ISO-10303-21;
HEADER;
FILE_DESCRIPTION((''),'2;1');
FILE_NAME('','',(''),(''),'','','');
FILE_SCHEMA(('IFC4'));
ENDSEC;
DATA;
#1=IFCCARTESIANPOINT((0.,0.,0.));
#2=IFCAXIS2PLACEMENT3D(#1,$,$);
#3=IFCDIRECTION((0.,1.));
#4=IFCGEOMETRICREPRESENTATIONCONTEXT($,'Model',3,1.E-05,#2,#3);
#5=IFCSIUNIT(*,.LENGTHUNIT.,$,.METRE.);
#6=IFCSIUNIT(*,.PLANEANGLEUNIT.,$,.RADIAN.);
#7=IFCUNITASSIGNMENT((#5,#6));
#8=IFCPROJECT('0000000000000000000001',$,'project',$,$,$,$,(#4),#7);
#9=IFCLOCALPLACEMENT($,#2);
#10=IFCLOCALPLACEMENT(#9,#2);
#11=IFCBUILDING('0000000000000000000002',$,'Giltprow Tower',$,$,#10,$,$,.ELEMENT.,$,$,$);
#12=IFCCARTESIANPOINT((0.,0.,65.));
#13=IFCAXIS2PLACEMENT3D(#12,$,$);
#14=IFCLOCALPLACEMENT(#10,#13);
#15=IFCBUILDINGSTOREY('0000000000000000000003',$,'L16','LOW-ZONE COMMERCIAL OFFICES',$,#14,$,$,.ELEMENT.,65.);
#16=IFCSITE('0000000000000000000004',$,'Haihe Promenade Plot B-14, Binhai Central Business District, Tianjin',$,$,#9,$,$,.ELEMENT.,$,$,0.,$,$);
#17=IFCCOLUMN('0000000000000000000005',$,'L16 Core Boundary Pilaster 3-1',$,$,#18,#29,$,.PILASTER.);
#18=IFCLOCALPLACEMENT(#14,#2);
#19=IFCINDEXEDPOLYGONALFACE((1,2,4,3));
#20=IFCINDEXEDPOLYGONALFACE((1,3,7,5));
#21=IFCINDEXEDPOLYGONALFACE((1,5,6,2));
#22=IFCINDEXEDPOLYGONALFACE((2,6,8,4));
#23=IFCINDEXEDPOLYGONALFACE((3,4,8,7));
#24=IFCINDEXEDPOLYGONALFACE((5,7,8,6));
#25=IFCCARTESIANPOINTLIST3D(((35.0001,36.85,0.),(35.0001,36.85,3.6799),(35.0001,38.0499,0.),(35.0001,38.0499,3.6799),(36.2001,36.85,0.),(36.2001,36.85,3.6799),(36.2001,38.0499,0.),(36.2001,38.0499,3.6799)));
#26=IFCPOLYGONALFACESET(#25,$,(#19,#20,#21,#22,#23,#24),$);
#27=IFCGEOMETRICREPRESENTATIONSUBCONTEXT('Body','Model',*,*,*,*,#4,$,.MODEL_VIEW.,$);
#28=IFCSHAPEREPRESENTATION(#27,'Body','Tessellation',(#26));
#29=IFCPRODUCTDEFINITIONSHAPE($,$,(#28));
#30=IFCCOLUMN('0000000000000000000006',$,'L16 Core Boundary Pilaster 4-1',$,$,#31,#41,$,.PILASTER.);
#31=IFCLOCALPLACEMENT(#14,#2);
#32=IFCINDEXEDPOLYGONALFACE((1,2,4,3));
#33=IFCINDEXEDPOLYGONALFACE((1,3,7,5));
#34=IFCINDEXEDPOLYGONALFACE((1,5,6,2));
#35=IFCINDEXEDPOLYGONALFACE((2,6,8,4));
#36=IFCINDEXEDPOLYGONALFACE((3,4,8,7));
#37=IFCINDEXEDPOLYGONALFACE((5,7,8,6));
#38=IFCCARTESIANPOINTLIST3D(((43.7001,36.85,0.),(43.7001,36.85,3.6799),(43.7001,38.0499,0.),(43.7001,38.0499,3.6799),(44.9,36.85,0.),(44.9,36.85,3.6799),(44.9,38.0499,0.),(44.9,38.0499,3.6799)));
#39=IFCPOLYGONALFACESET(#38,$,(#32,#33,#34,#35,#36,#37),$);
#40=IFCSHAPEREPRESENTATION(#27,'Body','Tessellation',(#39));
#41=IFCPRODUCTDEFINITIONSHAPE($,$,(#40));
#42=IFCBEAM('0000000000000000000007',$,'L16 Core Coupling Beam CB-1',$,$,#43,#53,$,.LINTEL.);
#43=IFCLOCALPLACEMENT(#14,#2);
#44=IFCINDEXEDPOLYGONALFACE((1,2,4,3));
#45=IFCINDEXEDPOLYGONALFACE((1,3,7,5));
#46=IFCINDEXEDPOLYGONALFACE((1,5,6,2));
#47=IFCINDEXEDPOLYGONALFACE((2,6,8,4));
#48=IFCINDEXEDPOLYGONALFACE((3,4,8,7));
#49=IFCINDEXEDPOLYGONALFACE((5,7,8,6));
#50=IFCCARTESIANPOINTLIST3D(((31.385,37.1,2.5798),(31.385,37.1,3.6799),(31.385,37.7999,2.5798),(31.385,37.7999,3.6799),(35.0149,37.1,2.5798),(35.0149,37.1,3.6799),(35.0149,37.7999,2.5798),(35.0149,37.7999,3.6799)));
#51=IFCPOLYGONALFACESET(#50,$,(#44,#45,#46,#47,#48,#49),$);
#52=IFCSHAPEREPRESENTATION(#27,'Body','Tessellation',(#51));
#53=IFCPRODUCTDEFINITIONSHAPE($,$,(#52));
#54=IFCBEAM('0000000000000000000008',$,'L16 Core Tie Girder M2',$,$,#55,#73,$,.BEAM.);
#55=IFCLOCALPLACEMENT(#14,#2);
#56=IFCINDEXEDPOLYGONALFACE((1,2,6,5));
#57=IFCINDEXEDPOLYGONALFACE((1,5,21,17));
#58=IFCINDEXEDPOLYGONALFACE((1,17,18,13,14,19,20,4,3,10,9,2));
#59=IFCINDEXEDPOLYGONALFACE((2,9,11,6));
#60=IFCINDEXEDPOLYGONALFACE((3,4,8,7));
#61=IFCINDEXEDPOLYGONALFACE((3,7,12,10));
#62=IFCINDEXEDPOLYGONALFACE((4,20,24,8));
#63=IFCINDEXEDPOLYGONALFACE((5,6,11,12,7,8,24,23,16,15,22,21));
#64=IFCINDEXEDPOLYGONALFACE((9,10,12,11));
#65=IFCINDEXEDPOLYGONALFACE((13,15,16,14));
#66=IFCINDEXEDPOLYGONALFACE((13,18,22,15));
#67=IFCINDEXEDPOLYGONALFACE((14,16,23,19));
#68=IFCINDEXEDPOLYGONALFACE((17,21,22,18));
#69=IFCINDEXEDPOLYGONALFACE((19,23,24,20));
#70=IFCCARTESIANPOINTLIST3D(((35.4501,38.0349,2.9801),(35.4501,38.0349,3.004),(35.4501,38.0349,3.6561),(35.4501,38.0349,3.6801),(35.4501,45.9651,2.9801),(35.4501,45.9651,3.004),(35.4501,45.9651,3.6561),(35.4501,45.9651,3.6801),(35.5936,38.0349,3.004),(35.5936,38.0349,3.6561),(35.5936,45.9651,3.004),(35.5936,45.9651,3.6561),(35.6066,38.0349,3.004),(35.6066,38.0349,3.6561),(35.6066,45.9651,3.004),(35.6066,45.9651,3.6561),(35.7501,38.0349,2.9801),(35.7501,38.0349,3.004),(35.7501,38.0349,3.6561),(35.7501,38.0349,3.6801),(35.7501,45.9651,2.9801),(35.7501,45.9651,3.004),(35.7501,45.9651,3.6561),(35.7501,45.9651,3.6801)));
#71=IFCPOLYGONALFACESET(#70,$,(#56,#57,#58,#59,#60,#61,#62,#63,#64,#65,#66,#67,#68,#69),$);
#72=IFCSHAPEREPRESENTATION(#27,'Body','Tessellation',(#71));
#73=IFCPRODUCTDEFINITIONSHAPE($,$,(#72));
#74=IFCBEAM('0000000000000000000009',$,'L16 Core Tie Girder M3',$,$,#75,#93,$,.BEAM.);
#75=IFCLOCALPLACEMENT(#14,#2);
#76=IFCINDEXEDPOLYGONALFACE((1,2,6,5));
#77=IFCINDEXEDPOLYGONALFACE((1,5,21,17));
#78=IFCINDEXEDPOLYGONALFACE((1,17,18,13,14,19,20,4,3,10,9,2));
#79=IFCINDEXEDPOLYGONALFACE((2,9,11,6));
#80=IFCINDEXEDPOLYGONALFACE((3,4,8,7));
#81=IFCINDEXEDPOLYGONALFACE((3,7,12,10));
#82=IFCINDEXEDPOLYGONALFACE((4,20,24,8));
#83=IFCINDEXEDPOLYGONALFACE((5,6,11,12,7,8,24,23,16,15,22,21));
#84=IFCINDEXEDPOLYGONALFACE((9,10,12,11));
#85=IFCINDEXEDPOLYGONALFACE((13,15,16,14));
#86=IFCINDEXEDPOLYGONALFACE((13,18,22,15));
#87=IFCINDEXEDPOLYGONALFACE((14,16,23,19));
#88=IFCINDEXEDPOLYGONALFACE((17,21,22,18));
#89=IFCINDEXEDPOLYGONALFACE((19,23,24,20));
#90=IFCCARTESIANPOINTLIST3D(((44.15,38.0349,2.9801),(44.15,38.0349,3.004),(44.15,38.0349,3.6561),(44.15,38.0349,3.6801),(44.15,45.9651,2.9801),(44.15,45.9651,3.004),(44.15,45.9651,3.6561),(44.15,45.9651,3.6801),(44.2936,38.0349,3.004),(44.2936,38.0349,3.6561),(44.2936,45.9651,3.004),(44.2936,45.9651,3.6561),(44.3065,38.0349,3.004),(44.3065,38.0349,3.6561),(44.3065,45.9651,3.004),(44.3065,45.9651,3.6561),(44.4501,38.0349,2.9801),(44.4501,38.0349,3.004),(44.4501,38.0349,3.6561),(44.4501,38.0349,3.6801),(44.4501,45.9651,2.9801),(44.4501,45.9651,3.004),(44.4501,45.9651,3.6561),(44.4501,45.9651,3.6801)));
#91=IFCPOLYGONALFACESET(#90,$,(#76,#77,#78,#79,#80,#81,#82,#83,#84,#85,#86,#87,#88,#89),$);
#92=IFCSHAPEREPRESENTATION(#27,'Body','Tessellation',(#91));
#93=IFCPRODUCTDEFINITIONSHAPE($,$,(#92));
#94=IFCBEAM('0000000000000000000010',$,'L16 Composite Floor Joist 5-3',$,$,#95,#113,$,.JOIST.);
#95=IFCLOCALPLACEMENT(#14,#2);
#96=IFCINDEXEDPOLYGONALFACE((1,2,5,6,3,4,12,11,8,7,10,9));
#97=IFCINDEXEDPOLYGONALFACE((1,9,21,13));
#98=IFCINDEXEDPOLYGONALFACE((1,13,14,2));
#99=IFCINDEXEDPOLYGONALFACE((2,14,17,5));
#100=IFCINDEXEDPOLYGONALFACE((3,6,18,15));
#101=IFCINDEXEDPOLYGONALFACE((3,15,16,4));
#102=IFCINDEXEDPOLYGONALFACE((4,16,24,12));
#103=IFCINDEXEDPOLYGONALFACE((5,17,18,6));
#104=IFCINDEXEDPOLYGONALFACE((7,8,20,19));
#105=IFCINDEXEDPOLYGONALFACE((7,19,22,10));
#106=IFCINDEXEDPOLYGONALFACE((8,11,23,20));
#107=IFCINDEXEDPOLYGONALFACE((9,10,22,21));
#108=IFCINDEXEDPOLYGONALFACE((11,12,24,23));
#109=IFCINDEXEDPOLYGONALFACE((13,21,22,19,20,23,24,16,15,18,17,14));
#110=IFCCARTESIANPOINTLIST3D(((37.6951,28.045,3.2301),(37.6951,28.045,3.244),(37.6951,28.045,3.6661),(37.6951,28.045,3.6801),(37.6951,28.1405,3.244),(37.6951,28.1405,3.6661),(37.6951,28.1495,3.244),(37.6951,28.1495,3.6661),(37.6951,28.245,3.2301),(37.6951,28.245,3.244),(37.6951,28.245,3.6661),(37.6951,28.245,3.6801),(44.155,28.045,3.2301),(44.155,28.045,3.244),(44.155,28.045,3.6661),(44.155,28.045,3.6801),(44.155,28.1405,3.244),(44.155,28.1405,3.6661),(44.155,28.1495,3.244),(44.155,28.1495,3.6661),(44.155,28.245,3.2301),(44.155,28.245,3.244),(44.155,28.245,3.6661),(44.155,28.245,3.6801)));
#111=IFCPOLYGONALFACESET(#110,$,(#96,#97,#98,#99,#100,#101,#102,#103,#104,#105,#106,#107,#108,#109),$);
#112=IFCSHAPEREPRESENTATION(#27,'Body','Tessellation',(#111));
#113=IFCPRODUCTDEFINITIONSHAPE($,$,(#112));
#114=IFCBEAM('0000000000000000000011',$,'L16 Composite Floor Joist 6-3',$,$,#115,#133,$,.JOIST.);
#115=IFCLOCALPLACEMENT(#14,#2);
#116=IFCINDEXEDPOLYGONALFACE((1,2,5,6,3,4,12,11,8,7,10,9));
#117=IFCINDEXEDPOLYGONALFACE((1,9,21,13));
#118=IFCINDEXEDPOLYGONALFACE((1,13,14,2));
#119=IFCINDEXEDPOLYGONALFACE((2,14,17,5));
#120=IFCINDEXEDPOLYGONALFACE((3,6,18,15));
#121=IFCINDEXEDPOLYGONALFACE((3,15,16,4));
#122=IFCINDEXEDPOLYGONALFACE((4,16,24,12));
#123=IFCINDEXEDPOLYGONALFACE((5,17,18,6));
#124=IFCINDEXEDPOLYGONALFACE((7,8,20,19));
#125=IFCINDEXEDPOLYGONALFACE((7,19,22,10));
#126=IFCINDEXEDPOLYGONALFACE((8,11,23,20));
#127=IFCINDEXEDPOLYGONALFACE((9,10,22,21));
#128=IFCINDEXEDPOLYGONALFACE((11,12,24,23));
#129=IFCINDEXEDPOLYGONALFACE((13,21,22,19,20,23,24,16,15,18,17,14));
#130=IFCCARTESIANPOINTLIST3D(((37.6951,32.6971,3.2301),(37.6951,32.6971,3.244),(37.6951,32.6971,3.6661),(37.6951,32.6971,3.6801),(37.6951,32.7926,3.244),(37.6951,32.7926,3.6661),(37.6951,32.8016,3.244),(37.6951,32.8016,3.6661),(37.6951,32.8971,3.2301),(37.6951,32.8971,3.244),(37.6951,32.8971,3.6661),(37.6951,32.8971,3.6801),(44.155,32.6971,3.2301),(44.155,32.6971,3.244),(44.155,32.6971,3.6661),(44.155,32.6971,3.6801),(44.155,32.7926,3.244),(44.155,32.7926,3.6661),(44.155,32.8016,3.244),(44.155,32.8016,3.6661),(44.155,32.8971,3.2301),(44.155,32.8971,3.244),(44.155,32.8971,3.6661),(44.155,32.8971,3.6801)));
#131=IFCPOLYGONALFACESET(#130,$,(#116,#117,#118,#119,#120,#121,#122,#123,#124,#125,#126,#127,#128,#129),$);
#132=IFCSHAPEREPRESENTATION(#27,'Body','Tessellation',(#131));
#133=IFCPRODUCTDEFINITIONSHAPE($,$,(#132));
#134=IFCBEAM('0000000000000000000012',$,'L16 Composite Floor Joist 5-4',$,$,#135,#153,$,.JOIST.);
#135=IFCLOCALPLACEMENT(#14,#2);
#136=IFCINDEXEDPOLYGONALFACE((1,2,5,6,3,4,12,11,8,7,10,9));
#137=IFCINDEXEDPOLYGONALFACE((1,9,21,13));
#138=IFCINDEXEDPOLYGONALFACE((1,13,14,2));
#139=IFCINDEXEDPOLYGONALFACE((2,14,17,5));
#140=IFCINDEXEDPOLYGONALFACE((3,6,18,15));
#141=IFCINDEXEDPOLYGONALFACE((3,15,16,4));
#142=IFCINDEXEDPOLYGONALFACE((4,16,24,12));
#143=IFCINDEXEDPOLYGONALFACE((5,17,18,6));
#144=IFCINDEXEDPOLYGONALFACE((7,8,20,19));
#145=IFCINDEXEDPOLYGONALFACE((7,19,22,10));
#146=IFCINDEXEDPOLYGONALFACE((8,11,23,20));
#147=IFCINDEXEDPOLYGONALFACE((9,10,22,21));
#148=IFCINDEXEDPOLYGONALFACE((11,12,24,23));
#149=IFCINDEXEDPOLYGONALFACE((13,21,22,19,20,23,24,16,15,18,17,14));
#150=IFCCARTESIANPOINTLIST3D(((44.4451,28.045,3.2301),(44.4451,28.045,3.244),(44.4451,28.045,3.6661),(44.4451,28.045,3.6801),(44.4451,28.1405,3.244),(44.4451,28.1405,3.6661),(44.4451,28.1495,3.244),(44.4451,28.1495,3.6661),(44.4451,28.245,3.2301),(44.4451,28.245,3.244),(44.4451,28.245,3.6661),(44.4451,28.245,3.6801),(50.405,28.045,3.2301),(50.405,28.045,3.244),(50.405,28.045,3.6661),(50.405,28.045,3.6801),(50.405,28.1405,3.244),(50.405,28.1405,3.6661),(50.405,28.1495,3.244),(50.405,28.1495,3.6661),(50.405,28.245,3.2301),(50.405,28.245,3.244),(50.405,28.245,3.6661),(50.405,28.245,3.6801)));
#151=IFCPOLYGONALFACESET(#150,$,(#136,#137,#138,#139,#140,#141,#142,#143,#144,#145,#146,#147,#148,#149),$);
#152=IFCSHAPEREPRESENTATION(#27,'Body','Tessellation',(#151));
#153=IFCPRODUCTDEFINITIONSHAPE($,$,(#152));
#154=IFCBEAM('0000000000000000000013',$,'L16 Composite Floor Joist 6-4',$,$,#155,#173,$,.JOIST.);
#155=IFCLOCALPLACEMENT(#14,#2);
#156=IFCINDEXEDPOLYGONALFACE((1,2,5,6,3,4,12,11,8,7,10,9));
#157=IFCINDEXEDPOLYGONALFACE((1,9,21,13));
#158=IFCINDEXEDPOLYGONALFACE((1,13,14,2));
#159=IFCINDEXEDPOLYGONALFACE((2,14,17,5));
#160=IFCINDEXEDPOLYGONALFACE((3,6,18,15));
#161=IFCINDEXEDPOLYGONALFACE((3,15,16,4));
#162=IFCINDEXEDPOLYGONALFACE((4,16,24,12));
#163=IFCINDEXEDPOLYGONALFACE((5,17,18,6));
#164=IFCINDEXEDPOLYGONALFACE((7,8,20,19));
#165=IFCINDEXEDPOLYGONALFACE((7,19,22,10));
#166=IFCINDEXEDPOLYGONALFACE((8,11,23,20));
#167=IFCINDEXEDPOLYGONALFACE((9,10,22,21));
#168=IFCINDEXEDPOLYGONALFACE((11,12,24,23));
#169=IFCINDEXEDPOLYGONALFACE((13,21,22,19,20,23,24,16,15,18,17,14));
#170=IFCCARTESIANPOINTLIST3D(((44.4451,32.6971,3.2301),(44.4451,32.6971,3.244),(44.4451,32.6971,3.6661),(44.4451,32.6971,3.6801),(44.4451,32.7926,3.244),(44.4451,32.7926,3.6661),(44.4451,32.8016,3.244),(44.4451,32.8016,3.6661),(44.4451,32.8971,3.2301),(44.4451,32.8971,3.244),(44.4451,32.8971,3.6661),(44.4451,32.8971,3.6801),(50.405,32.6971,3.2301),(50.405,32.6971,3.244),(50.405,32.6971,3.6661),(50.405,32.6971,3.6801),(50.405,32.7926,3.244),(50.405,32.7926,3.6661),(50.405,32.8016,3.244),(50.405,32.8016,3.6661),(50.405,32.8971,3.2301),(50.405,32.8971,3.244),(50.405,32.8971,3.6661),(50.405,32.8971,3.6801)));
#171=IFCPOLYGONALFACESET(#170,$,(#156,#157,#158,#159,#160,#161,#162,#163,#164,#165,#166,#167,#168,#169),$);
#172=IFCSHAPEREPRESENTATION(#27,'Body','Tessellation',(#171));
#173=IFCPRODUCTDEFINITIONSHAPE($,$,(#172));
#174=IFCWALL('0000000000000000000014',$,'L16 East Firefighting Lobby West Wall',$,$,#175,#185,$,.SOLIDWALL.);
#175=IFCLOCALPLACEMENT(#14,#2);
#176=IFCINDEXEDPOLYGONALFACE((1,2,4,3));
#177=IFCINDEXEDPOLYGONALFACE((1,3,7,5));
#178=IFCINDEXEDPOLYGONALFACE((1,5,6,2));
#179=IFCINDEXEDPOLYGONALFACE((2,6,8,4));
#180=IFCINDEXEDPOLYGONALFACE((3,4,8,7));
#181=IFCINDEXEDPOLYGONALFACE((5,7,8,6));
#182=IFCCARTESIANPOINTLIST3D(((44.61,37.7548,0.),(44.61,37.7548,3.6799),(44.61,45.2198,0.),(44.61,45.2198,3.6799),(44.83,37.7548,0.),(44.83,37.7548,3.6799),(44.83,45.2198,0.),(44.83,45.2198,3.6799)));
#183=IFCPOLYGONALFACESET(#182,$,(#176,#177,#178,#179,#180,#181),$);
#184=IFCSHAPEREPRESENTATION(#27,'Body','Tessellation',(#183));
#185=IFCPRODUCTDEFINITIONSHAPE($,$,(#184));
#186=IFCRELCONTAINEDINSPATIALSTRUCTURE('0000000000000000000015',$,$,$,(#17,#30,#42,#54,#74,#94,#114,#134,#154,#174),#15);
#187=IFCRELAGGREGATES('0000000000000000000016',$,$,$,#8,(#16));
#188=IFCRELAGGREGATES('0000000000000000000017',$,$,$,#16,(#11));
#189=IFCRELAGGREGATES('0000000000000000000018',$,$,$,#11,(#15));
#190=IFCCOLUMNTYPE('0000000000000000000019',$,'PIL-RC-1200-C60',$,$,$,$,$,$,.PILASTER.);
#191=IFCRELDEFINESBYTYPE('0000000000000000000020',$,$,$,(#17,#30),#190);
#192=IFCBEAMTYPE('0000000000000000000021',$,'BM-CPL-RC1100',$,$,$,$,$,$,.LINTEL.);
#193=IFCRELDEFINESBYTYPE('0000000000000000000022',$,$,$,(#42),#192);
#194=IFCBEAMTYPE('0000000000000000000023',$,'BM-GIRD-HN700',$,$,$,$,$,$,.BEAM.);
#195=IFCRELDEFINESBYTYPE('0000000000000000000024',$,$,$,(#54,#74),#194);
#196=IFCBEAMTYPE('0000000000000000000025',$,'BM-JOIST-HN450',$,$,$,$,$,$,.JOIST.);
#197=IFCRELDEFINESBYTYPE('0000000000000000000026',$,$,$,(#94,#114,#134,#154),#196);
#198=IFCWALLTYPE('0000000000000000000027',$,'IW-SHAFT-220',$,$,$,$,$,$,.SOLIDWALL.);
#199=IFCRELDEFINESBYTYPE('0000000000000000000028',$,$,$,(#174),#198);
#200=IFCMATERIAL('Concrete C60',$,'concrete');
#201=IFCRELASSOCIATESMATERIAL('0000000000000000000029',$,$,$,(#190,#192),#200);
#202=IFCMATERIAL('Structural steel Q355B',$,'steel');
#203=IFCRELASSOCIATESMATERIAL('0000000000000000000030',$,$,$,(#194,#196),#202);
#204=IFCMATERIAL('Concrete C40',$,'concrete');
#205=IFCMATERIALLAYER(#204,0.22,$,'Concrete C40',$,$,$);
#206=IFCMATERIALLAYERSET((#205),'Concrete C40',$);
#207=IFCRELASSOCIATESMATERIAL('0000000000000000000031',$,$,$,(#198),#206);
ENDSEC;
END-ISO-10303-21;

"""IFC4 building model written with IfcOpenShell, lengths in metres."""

from ifc_helpers import new_model, si_unit, direction, frame, frame_2d, origin, origin_2d, place, context, subcontext, project, spatial, rectangle, i_section, extrude, source, transform, mapped, material, layer, layer_set, material_profile, profile_set, type_object, element, save


model = new_model("IFC4")

# Units and contexts
model_context = context("Model", 3, precision=1e-05, world=origin(), true_north=direction((0.0, 1.0)))
body_context = subcontext(model_context, "Body", "Model", "MODEL_VIEW")
ifc_project = project(units=[si_unit("LENGTHUNIT", "METRE"), si_unit("PLANEANGLEUNIT", "RADIAN")], contexts=[model_context])

# Site, building, storey
site_placement = place(None, origin())
site = spatial("IfcSite", under=ifc_project, at=site_placement, Name="Haihe Promenade Plot B-14, Binhai Central Business District, Tianjin", CompositionType="ELEMENT", RefElevation=0.0)
building_placement = place(site_placement, origin())
building = spatial("IfcBuilding", under=site, at=building_placement, Name="Giltprow Tower", CompositionType="ELEMENT")
storey_placement = place(building_placement, frame((0.0, 0.0, 65.0)))
storey = spatial("IfcBuildingStorey", under=building, at=storey_placement, Name="L16", Description="LOW-ZONE COMMERCIAL OFFICES", CompositionType="ELEMENT", Elevation=65.0)

# Columns
ifc_material_1 = material(Name="Concrete C60", Category="concrete")
ifc_material_profile_1 = material_profile(ifc_material_1, rectangle(XDim=1.2, YDim=1.2, at=origin_2d()), Name="RC 1200x1200")
ifc_profile_set_1 = profile_set([ifc_material_profile_1], Name="Concrete C60")
column_type = type_object("IfcColumnType", Name="PIL-RC-1200-C60", PredefinedType="PILASTER", material=ifc_profile_set_1)
shared_shape_1 = source(origin(), body_context, "Body", "SweptSolid", [
    extrude(rectangle(XDim=1.2, YDim=1.2, at=origin_2d()), origin(), (0.0, 0.0, 1.0), 3.6799),
])
for number, where, z_axis, x_axis, name in (
    (1, (35.6001, 37.45, 0.0), (0.0, 0.0, 1.0), (1.0, 0.0, 0.0), "L16 Core Boundary Pilaster 3-1"),
    (2, (44.3, 37.45, 0.0), (0.0, 0.0, 1.0), (1.0, 0.0, 0.0), "L16 Core Boundary Pilaster 4-1"),
):
    element("IfcColumn", number, at=place(storey_placement, frame(where, z_axis=z_axis, x_axis=x_axis)), inside=storey, type_object=column_type, Name=name, PredefinedType="PILASTER", context=body_context, shape_type="MappedRepresentation", body=[
        mapped(shared_shape_1, transform((0.0, 0.0, 0.0), x_axis=(1.0, 0.0, 0.0), y_axis=(0.0, 1.0, 0.0), z_axis=(0.0, 0.0, 1.0), scale=1.0)),
    ])

# Beams
ifc_material_profile_2 = material_profile(ifc_material_1, rectangle(XDim=0.7, YDim=1.1001, at=origin_2d()), Name="RC 1100x700")
ifc_profile_set_2 = profile_set([ifc_material_profile_2], Name="Concrete C60")
beam_type_1 = type_object("IfcBeamType", Name="BM-CPL-RC1100", PredefinedType="LINTEL", material=ifc_profile_set_2)
shared_shape_2 = source(origin(), body_context, "Body", "SweptSolid", [
    extrude(rectangle(XDim=0.7, YDim=1.1001, at=origin_2d()), origin(), (0.0, 0.0, 1.0), 3.6299),
])
beam_placement = place(storey_placement, frame((31.385, 37.45, 3.1299), z_axis=(1.0, 0.0, 0.0), x_axis=(0.0, 1.0, 0.0)))
element("IfcBeam", 3, at=beam_placement, inside=storey, type_object=beam_type_1, Name="L16 Core Coupling Beam CB-1", PredefinedType="LINTEL", context=body_context, shape_type="MappedRepresentation", body=[
    mapped(shared_shape_2, transform((0.0, 0.0, 0.0), x_axis=(1.0, 0.0, 0.0), y_axis=(0.0, 1.0, 0.0), z_axis=(0.0, 0.0, 1.0), scale=1.0)),
])
ifc_material_2 = material(Name="Structural steel Q355B", Category="steel")
ifc_material_profile_3 = material_profile(ifc_material_2, i_section(OverallWidth=0.3, OverallDepth=0.7, WebThickness=0.0129, FlangeThickness=0.0239, at=origin_2d()), Name="HN 700x300x13x24")
ifc_profile_set_3 = profile_set([ifc_material_profile_3], Name="Structural steel Q355B")
beam_type_2 = type_object("IfcBeamType", Name="BM-GIRD-HN700", PredefinedType="BEAM", material=ifc_profile_set_3)
shared_shape_3 = source(origin(), body_context, "Body", "SweptSolid", [
    extrude(i_section(OverallWidth=0.3, OverallDepth=0.7, WebThickness=0.0129, FlangeThickness=0.0239, at=origin_2d()), origin(), (0.0, 0.0, 1.0), 7.9302),
])
for number, where, z_axis, x_axis, name in (
    (4, (35.6001, 38.0349, 3.3301), (0.0, 1.0, 0.0), (-1.0, 0.0, 0.0), "L16 Core Tie Girder M2"),
    (5, (44.3, 38.0349, 3.3301), (0.0, 1.0, 0.0), (-1.0, 0.0, 0.0), "L16 Core Tie Girder M3"),
):
    element("IfcBeam", number, at=place(storey_placement, frame(where, z_axis=z_axis, x_axis=x_axis)), inside=storey, type_object=beam_type_2, Name=name, PredefinedType="BEAM", context=body_context, shape_type="MappedRepresentation", body=[
        mapped(shared_shape_3, transform((0.0, 0.0, 0.0), x_axis=(1.0, 0.0, 0.0), y_axis=(0.0, 1.0, 0.0), z_axis=(0.0, 0.0, 1.0), scale=1.0)),
    ])
ifc_material_profile_4 = material_profile(ifc_material_2, i_section(OverallWidth=0.2, OverallDepth=0.45, WebThickness=0.009, FlangeThickness=0.0139, at=origin_2d()), Name="HN 450x200x9x14")
ifc_profile_set_4 = profile_set([ifc_material_profile_4], Name="Structural steel Q355B")
beam_type_3 = type_object("IfcBeamType", Name="BM-JOIST-HN450", PredefinedType="JOIST", material=ifc_profile_set_4)
shared_shape_4 = source(origin(), body_context, "Body", "SweptSolid", [
    extrude(i_section(OverallWidth=0.2, OverallDepth=0.45, WebThickness=0.009, FlangeThickness=0.0139, at=origin_2d()), origin(), (0.0, 0.0, 1.0), 6.46),
])
for number, where, z_axis, x_axis, name in (
    (6, (37.6951, 28.145, 3.4551), (1.0, 0.0, 0.0), (0.0, 1.0, 0.0), "L16 Composite Floor Joist 5-3"),
    (7, (37.6951, 32.7971, 3.4551), (1.0, 0.0, 0.0), (0.0, 1.0, 0.0), "L16 Composite Floor Joist 6-3"),
):
    element("IfcBeam", number, at=place(storey_placement, frame(where, z_axis=z_axis, x_axis=x_axis)), inside=storey, type_object=beam_type_3, Name=name, PredefinedType="JOIST", context=body_context, shape_type="MappedRepresentation", body=[
        mapped(shared_shape_4, transform((0.0, 0.0, 0.0), x_axis=(1.0, 0.0, 0.0), y_axis=(0.0, 1.0, 0.0), z_axis=(0.0, 0.0, 1.0), scale=1.0)),
    ])
shared_shape_5 = source(origin(), body_context, "Body", "SweptSolid", [
    extrude(i_section(OverallWidth=0.2, OverallDepth=0.45, WebThickness=0.009, FlangeThickness=0.0139, at=origin_2d()), origin(), (0.0, 0.0, 1.0), 5.96),
])
for number, where, z_axis, x_axis, name in (
    (8, (44.4451, 28.145, 3.4551), (1.0, 0.0, 0.0), (0.0, 1.0, 0.0), "L16 Composite Floor Joist 5-4"),
    (9, (44.4451, 32.7971, 3.4551), (1.0, 0.0, 0.0), (0.0, 1.0, 0.0), "L16 Composite Floor Joist 6-4"),
):
    element("IfcBeam", number, at=place(storey_placement, frame(where, z_axis=z_axis, x_axis=x_axis)), inside=storey, type_object=beam_type_3, Name=name, PredefinedType="JOIST", context=body_context, shape_type="MappedRepresentation", body=[
        mapped(shared_shape_5, transform((0.0, 0.0, 0.0), x_axis=(1.0, 0.0, 0.0), y_axis=(0.0, 1.0, 0.0), z_axis=(0.0, 0.0, 1.0), scale=1.0)),
    ])

# Wall
ifc_material_3 = material(Name="Concrete C40", Category="concrete")
ifc_layer_1 = layer(ifc_material_3, 0.22, Name="Concrete C40")
ifc_layer_set_1 = layer_set([ifc_layer_1], Name="Concrete C40")
wall_type_1 = type_object("IfcWallType", Name="IW-SHAFT-220", PredefinedType="SOLIDWALL", material=ifc_layer_set_1)
wall_1_placement = place(storey_placement, frame((44.72, 37.7549, 0.0), z_axis=(0.0, 0.0, 1.0), x_axis=(0.0, 1.0, 0.0)))
element("IfcWall", 10, at=wall_1_placement, inside=storey, type_object=wall_type_1, Name="L16 East Firefighting Lobby West Wall", PredefinedType="SOLIDWALL", context=body_context, shape_type="SweptSolid", body=[
    extrude(rectangle(XDim=7.4651, YDim=0.22, at=frame_2d((3.7324, 0.0))), origin(), (0.0, 0.0, 1.0), 3.6799),
])

save(model, "model.ifc")
